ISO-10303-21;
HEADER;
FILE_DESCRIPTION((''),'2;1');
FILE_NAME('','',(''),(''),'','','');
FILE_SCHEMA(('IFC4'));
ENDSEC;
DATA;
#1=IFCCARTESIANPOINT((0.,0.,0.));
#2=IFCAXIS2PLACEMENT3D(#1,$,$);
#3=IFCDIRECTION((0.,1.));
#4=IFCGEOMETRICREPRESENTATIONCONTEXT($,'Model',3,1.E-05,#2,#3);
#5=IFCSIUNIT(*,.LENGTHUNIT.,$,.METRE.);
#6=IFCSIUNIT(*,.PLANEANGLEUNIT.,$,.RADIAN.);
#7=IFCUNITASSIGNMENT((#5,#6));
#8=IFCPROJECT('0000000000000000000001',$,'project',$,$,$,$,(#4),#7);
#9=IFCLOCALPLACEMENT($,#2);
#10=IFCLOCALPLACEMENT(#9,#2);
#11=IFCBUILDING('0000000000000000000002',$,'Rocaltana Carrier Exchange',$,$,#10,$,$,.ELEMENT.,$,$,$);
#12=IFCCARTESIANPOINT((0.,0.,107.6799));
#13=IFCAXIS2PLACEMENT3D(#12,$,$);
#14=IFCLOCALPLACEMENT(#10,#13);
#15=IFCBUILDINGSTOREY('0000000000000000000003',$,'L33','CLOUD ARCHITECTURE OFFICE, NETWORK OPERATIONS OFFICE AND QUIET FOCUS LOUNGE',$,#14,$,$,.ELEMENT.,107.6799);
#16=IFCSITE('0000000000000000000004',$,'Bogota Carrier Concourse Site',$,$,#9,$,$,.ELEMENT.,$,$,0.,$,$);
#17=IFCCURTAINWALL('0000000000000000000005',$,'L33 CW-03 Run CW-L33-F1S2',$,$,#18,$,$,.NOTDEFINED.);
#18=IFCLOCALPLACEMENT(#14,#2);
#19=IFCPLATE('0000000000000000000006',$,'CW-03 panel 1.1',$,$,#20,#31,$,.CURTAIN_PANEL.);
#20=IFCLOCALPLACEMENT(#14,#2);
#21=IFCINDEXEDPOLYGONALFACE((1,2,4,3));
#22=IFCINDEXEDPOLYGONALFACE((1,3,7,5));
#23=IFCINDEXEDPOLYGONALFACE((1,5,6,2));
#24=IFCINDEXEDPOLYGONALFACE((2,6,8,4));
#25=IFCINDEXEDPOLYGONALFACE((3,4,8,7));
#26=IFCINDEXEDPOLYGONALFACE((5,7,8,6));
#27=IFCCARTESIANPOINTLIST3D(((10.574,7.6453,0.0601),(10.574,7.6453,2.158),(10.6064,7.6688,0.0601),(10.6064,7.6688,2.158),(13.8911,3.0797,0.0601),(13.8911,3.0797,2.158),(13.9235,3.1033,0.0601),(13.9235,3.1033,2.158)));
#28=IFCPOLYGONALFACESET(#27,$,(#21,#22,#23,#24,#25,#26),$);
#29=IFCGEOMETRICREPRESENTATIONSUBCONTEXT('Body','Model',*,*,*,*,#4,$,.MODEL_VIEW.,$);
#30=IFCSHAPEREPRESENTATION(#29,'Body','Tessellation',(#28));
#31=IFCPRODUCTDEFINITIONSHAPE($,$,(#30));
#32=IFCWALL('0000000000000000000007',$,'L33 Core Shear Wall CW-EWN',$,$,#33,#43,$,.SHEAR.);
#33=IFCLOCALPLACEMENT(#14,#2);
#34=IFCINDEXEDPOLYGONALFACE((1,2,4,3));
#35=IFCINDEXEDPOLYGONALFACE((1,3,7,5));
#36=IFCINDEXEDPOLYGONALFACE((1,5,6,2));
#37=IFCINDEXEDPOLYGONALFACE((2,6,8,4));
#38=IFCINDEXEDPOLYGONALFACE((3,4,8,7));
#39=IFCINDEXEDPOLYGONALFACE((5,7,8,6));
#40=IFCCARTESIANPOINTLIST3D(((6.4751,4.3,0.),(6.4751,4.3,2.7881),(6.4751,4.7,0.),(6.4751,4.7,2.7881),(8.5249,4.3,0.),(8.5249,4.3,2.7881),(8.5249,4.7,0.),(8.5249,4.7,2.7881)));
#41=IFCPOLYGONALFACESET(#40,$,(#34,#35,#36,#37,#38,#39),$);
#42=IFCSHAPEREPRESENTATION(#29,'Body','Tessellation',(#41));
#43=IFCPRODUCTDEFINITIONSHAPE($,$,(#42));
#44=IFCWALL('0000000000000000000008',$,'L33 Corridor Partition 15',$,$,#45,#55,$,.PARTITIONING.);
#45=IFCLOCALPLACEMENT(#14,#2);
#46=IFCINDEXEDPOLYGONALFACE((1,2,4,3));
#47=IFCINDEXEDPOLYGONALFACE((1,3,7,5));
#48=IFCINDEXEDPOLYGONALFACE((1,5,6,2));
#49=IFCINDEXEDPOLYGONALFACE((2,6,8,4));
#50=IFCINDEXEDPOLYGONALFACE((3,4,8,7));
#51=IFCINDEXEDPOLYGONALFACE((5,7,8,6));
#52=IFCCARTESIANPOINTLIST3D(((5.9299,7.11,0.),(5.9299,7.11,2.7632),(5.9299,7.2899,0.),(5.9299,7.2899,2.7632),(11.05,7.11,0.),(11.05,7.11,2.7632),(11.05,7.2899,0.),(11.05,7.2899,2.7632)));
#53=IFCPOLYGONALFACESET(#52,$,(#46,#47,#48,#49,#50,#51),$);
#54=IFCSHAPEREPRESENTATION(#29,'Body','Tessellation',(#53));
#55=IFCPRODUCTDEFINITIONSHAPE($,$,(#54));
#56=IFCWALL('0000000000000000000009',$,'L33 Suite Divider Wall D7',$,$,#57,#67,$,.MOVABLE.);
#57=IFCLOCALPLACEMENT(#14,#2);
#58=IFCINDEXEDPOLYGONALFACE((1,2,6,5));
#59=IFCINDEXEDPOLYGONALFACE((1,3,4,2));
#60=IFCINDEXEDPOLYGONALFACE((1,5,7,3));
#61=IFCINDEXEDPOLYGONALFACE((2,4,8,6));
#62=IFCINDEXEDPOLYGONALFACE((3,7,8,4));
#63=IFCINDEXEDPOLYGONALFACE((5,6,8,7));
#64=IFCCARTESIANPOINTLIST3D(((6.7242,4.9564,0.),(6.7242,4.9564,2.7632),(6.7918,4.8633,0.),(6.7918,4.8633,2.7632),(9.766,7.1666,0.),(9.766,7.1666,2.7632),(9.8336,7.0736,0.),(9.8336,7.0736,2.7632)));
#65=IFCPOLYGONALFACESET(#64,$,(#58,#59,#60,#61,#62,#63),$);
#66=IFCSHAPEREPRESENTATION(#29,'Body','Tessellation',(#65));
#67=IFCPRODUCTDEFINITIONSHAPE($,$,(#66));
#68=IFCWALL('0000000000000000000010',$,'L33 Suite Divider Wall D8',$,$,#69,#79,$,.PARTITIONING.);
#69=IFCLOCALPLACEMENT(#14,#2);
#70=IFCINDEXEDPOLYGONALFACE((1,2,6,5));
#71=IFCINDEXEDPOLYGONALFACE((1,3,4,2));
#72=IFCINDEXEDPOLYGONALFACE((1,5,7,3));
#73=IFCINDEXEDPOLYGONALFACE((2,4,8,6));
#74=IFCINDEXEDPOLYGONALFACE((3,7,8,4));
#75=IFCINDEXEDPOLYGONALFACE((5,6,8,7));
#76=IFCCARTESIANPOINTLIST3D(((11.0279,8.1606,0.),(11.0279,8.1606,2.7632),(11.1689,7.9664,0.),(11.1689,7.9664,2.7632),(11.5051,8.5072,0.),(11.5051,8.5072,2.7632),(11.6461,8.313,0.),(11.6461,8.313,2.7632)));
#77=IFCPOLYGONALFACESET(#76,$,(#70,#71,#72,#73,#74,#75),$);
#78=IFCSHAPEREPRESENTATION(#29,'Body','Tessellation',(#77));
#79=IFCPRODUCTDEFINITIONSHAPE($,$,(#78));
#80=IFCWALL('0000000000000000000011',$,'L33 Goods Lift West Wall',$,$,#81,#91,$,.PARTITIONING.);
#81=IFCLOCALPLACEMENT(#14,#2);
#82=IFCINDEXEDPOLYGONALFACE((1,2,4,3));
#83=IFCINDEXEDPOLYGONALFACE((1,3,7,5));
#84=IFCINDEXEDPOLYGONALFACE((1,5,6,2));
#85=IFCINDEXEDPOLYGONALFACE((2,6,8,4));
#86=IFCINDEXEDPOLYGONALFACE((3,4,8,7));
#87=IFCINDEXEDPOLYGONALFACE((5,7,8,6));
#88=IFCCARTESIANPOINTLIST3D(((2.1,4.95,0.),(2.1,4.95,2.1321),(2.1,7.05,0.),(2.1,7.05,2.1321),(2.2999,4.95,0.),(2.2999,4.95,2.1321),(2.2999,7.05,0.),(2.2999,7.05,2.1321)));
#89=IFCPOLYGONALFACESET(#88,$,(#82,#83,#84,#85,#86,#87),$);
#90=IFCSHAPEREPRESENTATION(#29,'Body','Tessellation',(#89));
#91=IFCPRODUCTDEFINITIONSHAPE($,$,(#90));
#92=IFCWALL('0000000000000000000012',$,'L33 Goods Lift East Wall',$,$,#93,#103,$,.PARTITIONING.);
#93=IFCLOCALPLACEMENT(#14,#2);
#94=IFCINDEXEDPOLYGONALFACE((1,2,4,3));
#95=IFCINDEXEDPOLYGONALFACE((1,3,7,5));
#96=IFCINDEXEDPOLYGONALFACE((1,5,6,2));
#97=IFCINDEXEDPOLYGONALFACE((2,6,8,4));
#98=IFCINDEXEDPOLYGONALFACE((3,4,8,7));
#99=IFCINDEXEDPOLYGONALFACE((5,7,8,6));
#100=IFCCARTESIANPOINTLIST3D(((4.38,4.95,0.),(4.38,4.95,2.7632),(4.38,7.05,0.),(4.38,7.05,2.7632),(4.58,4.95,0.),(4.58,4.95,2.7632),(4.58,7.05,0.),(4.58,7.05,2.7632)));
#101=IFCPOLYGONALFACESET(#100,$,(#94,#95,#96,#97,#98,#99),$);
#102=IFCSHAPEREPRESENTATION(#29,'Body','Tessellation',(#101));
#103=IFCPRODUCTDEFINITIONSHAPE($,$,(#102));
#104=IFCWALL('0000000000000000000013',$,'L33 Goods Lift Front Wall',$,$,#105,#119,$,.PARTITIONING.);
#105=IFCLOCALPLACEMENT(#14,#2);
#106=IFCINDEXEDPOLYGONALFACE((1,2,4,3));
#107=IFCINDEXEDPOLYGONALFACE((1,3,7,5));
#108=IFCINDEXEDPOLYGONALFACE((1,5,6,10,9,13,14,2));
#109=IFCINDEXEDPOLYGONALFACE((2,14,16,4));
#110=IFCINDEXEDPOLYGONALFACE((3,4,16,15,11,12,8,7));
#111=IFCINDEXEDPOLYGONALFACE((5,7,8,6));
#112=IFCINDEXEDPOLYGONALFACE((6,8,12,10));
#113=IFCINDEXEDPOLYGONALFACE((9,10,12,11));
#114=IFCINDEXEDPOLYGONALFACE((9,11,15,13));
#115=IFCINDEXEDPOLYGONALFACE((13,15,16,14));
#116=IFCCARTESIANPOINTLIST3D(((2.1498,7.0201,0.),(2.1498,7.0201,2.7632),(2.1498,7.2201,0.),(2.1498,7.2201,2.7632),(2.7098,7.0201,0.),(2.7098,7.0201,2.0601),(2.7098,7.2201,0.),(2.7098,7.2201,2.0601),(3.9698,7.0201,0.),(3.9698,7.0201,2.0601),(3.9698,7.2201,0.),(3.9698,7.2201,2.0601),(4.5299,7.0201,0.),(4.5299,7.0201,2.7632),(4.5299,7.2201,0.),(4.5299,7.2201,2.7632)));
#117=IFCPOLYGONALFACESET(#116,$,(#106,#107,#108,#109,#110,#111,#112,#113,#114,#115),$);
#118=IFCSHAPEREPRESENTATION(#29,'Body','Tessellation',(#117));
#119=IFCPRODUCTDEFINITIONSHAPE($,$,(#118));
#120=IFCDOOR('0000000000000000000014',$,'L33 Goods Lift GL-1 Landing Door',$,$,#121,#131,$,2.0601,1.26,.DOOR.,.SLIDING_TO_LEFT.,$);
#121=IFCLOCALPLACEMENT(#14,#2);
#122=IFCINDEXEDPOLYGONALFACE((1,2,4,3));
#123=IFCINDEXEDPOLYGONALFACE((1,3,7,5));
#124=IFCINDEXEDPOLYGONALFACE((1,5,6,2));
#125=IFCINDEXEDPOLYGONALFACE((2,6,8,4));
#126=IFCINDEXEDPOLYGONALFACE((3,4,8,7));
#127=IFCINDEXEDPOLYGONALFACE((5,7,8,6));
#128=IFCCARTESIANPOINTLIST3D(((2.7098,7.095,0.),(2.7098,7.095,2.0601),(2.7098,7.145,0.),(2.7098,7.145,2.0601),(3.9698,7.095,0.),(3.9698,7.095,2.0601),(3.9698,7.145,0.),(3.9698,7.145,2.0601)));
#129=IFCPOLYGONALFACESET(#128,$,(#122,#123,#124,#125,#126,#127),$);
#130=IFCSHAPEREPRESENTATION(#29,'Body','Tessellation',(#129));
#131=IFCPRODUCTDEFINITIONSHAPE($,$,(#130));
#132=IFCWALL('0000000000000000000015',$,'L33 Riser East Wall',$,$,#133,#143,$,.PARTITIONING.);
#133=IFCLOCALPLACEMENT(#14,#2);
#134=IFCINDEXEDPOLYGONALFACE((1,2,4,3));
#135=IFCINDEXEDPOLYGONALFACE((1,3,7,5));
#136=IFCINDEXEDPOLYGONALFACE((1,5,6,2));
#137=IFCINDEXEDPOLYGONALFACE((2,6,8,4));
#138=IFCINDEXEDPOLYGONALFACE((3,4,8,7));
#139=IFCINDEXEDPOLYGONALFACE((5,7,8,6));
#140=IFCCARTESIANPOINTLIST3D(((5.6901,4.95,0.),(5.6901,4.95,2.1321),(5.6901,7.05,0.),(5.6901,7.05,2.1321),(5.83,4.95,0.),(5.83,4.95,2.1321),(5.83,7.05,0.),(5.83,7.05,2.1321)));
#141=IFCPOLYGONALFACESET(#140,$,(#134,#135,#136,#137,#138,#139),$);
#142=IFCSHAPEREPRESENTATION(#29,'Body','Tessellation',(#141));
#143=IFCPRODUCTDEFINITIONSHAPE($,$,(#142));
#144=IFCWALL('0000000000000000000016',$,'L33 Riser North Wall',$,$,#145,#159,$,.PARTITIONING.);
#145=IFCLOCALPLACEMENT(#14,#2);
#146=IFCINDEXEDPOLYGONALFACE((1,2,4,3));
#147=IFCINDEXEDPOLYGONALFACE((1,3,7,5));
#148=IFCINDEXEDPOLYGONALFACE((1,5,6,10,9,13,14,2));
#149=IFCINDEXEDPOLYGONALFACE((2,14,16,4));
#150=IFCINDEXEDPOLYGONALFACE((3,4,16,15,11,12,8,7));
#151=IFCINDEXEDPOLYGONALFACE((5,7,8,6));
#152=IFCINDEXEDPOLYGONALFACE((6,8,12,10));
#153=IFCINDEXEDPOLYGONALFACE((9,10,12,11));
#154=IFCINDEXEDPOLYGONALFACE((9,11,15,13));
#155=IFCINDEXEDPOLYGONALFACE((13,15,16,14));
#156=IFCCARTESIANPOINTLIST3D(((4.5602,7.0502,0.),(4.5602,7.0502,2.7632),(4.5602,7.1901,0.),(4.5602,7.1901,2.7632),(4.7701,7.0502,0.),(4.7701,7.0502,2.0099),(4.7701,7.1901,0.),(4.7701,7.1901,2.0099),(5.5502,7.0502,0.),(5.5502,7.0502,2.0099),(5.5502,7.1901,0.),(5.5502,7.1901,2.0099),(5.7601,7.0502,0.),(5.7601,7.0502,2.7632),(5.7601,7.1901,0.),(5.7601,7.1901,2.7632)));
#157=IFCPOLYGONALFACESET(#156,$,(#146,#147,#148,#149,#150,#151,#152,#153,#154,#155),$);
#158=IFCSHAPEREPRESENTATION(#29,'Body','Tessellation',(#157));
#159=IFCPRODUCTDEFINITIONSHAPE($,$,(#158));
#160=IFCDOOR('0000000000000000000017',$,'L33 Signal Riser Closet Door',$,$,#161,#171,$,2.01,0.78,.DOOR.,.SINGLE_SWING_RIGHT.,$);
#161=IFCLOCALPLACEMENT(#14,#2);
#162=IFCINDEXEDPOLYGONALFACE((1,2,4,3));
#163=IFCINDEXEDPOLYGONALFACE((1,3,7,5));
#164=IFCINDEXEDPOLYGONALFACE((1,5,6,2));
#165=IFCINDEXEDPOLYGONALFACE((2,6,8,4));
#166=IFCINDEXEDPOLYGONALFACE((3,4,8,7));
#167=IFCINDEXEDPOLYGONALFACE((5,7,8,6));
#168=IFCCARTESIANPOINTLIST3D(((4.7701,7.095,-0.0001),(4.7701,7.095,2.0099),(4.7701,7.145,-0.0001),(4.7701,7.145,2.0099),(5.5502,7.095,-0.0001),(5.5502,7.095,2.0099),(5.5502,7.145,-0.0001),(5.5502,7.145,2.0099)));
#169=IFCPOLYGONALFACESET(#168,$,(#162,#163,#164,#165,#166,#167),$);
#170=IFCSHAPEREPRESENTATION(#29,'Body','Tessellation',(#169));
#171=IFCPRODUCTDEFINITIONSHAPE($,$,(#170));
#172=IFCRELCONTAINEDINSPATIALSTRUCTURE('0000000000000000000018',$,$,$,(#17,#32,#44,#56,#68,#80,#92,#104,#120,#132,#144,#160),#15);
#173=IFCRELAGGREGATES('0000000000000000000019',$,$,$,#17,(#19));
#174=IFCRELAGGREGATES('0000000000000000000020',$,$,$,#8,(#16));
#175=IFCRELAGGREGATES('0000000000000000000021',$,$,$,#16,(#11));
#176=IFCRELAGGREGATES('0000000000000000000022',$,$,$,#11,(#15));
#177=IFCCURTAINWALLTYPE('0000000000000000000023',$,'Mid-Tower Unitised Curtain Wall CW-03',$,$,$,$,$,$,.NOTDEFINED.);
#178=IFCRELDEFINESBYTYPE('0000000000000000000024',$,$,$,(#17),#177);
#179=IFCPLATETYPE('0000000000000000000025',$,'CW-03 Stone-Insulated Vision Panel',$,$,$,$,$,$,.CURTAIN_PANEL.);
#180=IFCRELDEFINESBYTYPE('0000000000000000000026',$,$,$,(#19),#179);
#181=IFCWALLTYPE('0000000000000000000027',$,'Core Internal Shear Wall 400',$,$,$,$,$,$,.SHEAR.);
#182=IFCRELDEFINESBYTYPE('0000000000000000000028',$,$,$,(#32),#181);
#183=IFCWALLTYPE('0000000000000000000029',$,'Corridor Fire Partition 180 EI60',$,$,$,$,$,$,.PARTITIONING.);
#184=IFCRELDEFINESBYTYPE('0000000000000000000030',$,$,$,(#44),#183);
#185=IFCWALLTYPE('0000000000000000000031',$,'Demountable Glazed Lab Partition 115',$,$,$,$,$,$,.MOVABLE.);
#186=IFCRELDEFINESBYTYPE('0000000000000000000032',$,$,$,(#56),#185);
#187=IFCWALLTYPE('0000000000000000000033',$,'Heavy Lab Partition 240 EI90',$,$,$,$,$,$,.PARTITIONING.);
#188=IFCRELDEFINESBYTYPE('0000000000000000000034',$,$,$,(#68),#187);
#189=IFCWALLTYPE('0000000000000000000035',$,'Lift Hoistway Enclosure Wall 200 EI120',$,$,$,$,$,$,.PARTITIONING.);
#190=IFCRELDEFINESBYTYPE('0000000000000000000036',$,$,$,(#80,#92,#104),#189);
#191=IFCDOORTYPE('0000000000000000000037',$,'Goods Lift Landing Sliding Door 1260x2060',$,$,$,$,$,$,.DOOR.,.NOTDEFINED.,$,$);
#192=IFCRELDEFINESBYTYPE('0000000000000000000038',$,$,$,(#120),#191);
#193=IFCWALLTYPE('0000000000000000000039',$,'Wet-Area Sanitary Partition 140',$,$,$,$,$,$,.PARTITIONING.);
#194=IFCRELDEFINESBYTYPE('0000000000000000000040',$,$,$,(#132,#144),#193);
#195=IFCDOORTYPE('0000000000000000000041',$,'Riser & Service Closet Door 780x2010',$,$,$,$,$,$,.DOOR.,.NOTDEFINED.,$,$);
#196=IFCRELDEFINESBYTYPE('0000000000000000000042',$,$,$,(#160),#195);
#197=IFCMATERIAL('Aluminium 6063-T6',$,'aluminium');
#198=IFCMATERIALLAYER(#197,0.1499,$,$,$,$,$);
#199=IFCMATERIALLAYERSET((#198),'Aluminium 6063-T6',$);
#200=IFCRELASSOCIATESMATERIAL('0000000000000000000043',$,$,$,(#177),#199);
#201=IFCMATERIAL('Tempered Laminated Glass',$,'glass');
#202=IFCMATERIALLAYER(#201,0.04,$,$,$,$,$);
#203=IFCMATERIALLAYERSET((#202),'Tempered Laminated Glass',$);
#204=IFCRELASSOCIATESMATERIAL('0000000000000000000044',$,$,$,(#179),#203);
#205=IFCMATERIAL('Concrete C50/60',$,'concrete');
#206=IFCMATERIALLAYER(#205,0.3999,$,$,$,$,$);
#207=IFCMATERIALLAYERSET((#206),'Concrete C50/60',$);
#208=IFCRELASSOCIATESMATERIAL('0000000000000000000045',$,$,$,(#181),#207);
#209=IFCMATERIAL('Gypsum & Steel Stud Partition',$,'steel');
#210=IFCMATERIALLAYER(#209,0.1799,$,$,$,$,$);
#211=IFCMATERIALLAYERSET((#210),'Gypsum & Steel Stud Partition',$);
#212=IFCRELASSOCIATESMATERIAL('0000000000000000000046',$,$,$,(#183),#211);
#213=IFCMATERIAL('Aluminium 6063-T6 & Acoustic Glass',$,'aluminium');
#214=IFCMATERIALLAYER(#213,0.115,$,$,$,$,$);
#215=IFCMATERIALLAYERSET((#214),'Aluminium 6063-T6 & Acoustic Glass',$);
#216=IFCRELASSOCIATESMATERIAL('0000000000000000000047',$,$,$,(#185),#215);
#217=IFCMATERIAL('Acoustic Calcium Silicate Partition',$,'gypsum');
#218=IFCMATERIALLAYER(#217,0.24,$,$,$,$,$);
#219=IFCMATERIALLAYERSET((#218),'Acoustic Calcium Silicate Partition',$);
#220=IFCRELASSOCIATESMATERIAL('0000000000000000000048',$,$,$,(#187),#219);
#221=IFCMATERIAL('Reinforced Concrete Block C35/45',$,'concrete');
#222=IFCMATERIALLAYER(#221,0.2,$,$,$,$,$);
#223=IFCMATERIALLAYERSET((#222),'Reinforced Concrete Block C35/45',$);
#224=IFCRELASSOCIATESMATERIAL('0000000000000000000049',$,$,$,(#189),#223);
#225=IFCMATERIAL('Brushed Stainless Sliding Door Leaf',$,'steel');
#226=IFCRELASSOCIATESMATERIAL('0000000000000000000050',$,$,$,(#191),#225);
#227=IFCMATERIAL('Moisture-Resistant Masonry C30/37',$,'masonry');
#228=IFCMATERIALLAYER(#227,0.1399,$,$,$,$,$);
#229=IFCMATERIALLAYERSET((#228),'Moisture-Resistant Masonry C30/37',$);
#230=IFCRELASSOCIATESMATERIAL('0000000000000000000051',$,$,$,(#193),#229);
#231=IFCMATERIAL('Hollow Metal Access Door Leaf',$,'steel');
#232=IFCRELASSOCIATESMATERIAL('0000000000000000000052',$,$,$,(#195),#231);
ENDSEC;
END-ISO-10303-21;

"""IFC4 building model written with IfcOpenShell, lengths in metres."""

from ifc_helpers import new_model, si_unit, direction, frame, frame_2d, origin, origin_2d, place, context, subcontext, project, spatial, rectangle, extrude, material, layer, layer_set, type_object, element, fill, aggregate, save


model = new_model("IFC4")

# Units and contexts
model_context = context("Model", 3, precision=1e-05, world=origin(), true_north=direction((0.0, 1.0)))
body_context = subcontext(model_context, "Body", "Model", "MODEL_VIEW")
ifc_project = project(units=[si_unit("LENGTHUNIT", "METRE"), si_unit("PLANEANGLEUNIT", "RADIAN")], contexts=[model_context])

# Site, building, storey
site_placement = place(None, origin())
site = spatial("IfcSite", under=ifc_project, at=site_placement, Name="Bogota Carrier Concourse Site", CompositionType="ELEMENT", RefElevation=0.0)
building_placement = place(site_placement, origin())
building = spatial("IfcBuilding", under=site, at=building_placement, Name="Rocaltana Carrier Exchange", CompositionType="ELEMENT")
storey_placement = place(building_placement, frame((0.0, 0.0, 107.6799)))
storey = spatial("IfcBuildingStorey", under=building, at=storey_placement, Name="L33", Description="CLOUD ARCHITECTURE OFFICE, NETWORK OPERATIONS OFFICE AND QUIET FOCUS LOUNGE", CompositionType="ELEMENT", Elevation=107.6799)

# Curtain wall
ifc_material_1 = material(Name="Aluminium 6063-T6", Category="aluminium")
ifc_layer_1 = layer(ifc_material_1, 0.1499)
ifc_layer_set_1 = layer_set([ifc_layer_1], Name="Aluminium 6063-T6")
curtain_wall_type = type_object("IfcCurtainWallType", Name="Mid-Tower Unitised Curtain Wall CW-03", PredefinedType="NOTDEFINED", material=ifc_layer_set_1)
curtain_wall_placement = place(storey_placement, origin())
curtain_wall = element("IfcCurtainWall", 1, at=curtain_wall_placement, inside=storey, type_object=curtain_wall_type, Name="L33 CW-03 Run CW-L33-F1S2", PredefinedType="NOTDEFINED")

# Plate
ifc_material_2 = material(Name="Tempered Laminated Glass", Category="glass")
ifc_layer_2 = layer(ifc_material_2, 0.04)
ifc_layer_set_2 = layer_set([ifc_layer_2], Name="Tempered Laminated Glass")
plate_type = type_object("IfcPlateType", Name="CW-03 Stone-Insulated Vision Panel", PredefinedType="CURTAIN_PANEL", material=ifc_layer_set_2)
plate_placement = place(storey_placement, frame((12.2488, 5.3743, 0.0601), z_axis=(0.0, 0.0, 1.0), x_axis=(-0.58779, 0.809014, 0.0)))
plate = element("IfcPlate", 2, at=plate_placement, type_object=plate_type, Name="CW-03 panel 1.1", PredefinedType="CURTAIN_PANEL", context=body_context, shape_type="SweptSolid", body=[
    extrude(rectangle(XDim=5.6433, YDim=0.04, at=origin_2d()), origin(), (0.0, 0.0, 1.0), 2.0979),
])
aggregate(curtain_wall, [plate])

# Walls
ifc_material_3 = material(Name="Concrete C50/60", Category="concrete")
ifc_layer_3 = layer(ifc_material_3, 0.3999)
ifc_layer_set_3 = layer_set([ifc_layer_3], Name="Concrete C50/60")
wall_type_1 = type_object("IfcWallType", Name="Core Internal Shear Wall 400", PredefinedType="SHEAR", material=ifc_layer_set_3)
wall_1_placement = place(storey_placement, frame((6.4751, 4.5, 0.0), z_axis=(0.0, 0.0, 1.0), x_axis=(1.0, 0.0, 0.0)))
element("IfcWall", 3, at=wall_1_placement, inside=storey, type_object=wall_type_1, Name="L33 Core Shear Wall CW-EWN", PredefinedType="SHEAR", context=body_context, shape_type="SweptSolid", body=[
    extrude(rectangle(XDim=2.0498, YDim=0.3999, at=frame_2d((1.0249, 0.0))), origin(), (0.0, 0.0, 1.0), 2.7881),
])
ifc_material_4 = material(Name="Gypsum & Steel Stud Partition", Category="steel")
ifc_layer_4 = layer(ifc_material_4, 0.1799)
ifc_layer_set_4 = layer_set([ifc_layer_4], Name="Gypsum & Steel Stud Partition")
wall_type_2 = type_object("IfcWallType", Name="Corridor Fire Partition 180 EI60", PredefinedType="PARTITIONING", material=ifc_layer_set_4)
wall_2_placement = place(storey_placement, frame((11.05, 7.2, 0.0), z_axis=(0.0, 0.0, 1.0), x_axis=(-1.0, 0.0, 0.0)))
element("IfcWall", 4, at=wall_2_placement, inside=storey, type_object=wall_type_2, Name="L33 Corridor Partition 15", PredefinedType="PARTITIONING", context=body_context, shape_type="SweptSolid", body=[
    extrude(rectangle(XDim=5.1201, YDim=0.1799, at=frame_2d((2.5601, 0.0))), origin(), (0.0, 0.0, 1.0), 2.7632),
])
ifc_material_5 = material(Name="Aluminium 6063-T6 & Acoustic Glass", Category="aluminium")
ifc_layer_5 = layer(ifc_material_5, 0.115)
ifc_layer_set_5 = layer_set([ifc_layer_5], Name="Aluminium 6063-T6 & Acoustic Glass")
wall_type_3 = type_object("IfcWallType", Name="Demountable Glazed Lab Partition 115", PredefinedType="MOVABLE", material=ifc_layer_set_5)
wall_3_placement = place(storey_placement, frame((6.7581, 4.9099, 0.0), z_axis=(0.0, 0.0, 1.0), x_axis=(0.808986, 0.587828, 0.0)))
element("IfcWall", 5, at=wall_3_placement, inside=storey, type_object=wall_type_3, Name="L33 Suite Divider Wall D7", PredefinedType="MOVABLE", context=body_context, shape_type="SweptSolid", body=[
    extrude(rectangle(XDim=3.76, YDim=0.115, at=frame_2d((1.8799, 0.0))), origin(), (0.0, 0.0, 1.0), 2.7632),
])
ifc_material_6 = material(Name="Acoustic Calcium Silicate Partition", Category="gypsum")
ifc_layer_6 = layer(ifc_material_6, 0.24)
ifc_layer_set_6 = layer_set([ifc_layer_6], Name="Acoustic Calcium Silicate Partition")
wall_type_4 = type_object("IfcWallType", Name="Heavy Lab Partition 240 EI90", PredefinedType="PARTITIONING", material=ifc_layer_set_6)
wall_4_placement = place(storey_placement, frame((11.0984, 8.0635, 0.0), z_axis=(0.0, 0.0, 1.0), x_axis=(0.809094, 0.587679, 0.0)))
element("IfcWall", 6, at=wall_4_placement, inside=storey, type_object=wall_type_4, Name="L33 Suite Divider Wall D8", PredefinedType="PARTITIONING", context=body_context, shape_type="SweptSolid", body=[
    extrude(rectangle(XDim=0.5898, YDim=0.24, at=frame_2d((0.2949, 0.0))), origin(), (0.0, 0.0, 1.0), 2.7632),
])
ifc_material_7 = material(Name="Reinforced Concrete Block C35/45", Category="concrete")
ifc_layer_7 = layer(ifc_material_7, 0.2)
ifc_layer_set_7 = layer_set([ifc_layer_7], Name="Reinforced Concrete Block C35/45")
wall_type_5 = type_object("IfcWallType", Name="Lift Hoistway Enclosure Wall 200 EI120", PredefinedType="PARTITIONING", material=ifc_layer_set_7)
wall_5_placement = place(storey_placement, frame((2.2, 4.95, 0.0), z_axis=(0.0, 0.0, 1.0), x_axis=(0.0, 1.0, 0.0)))
element("IfcWall", 7, at=wall_5_placement, inside=storey, type_object=wall_type_5, Name="L33 Goods Lift West Wall", PredefinedType="PARTITIONING", context=body_context, shape_type="SweptSolid", body=[
    extrude(rectangle(XDim=2.1001, YDim=0.2, at=frame_2d((1.05, 0.0))), origin(), (0.0, 0.0, 1.0), 2.1321),
])
wall_6_placement = place(storey_placement, frame((4.48, 4.95, 0.0), z_axis=(0.0, 0.0, 1.0), x_axis=(0.0, 1.0, 0.0)))
element("IfcWall", 8, at=wall_6_placement, inside=storey, type_object=wall_type_5, Name="L33 Goods Lift East Wall", PredefinedType="PARTITIONING", context=body_context, shape_type="SweptSolid", body=[
    extrude(rectangle(XDim=2.1001, YDim=0.2, at=frame_2d((1.05, 0.0))), origin(), (0.0, 0.0, 1.0), 2.7632),
])

# Wall, opening, door
wall_7_placement = place(storey_placement, frame((2.1499, 7.1201, 0.0), z_axis=(0.0, 0.0, 1.0), x_axis=(1.0, 0.0, 0.0)))
wall_7 = element("IfcWall", 9, at=wall_7_placement, inside=storey, type_object=wall_type_5, Name="L33 Goods Lift Front Wall", PredefinedType="PARTITIONING", context=body_context, shape_type="SweptSolid", body=[
    extrude(rectangle(XDim=2.3801, YDim=0.2, at=frame_2d((1.1899, 0.0))), origin(), (0.0, 0.0, 1.0), 2.7632),
])
opening_1_placement = place(wall_7_placement, frame((0.5601, 0.0, 0.0)))
opening_1 = element("IfcOpeningElement", 10, at=opening_1_placement, cuts=wall_7, PredefinedType="OPENING", context=body_context, shape_type="SweptSolid", body=[
    extrude(rectangle(XDim=1.26, YDim=2.0601, at=frame_2d((0.6299, 1.03))), frame((0.0, 0.1099, 0.0), z_axis=(0.0, -1.0, 0.0), x_axis=(1.0, 0.0, 0.0)), (0.0, 0.0, 1.0), 0.22),
])
ifc_material_8 = material(Name="Brushed Stainless Sliding Door Leaf", Category="steel")
door_type_1 = type_object("IfcDoorType", Name="Goods Lift Landing Sliding Door 1260x2060", OperationType="NOTDEFINED", PredefinedType="DOOR", material=ifc_material_8)
door_1_placement = place(opening_1_placement, origin())
door_1 = element("IfcDoor", 11, at=door_1_placement, inside=storey, type_object=door_type_1, Name="L33 Goods Lift GL-1 Landing Door", OperationType="SLIDING_TO_LEFT", OverallHeight=2.0601, OverallWidth=1.26, PredefinedType="DOOR", context=body_context, shape_type="SweptSolid", body=[
    extrude(rectangle(XDim=1.26, YDim=2.0601, at=frame_2d((0.6299, 1.03))), frame((0.0, 0.0249, 0.0), z_axis=(0.0, -1.0, 0.0), x_axis=(1.0, 0.0, 0.0)), (0.0, 0.0, 1.0), 0.05),
])
fill(opening_1, door_1)

# Wall
ifc_material_9 = material(Name="Moisture-Resistant Masonry C30/37", Category="masonry")
ifc_layer_8 = layer(ifc_material_9, 0.1399)
ifc_layer_set_8 = layer_set([ifc_layer_8], Name="Moisture-Resistant Masonry C30/37")
wall_type_6 = type_object("IfcWallType", Name="Wet-Area Sanitary Partition 140", PredefinedType="PARTITIONING", material=ifc_layer_set_8)
wall_8_placement = place(storey_placement, frame((5.76, 4.95, 0.0), z_axis=(0.0, 0.0, 1.0), x_axis=(0.0, 1.0, 0.0)))
element("IfcWall", 12, at=wall_8_placement, inside=storey, type_object=wall_type_6, Name="L33 Riser East Wall", PredefinedType="PARTITIONING", context=body_context, shape_type="SweptSolid", body=[
    extrude(rectangle(XDim=2.1001, YDim=0.1399, at=frame_2d((1.05, 0.0))), origin(), (0.0, 0.0, 1.0), 2.1321),
])

# Wall, opening, door
wall_9_placement = place(storey_placement, frame((4.5601, 7.1201, 0.0), z_axis=(0.0, 0.0, 1.0), x_axis=(1.0, 0.0, 0.0)))
wall_9 = element("IfcWall", 13, at=wall_9_placement, inside=storey, type_object=wall_type_6, Name="L33 Riser North Wall", PredefinedType="PARTITIONING", context=body_context, shape_type="SweptSolid", body=[
    extrude(rectangle(XDim=1.2, YDim=0.1399, at=frame_2d((0.6001, 0.0))), origin(), (0.0, 0.0, 1.0), 2.7632),
])
opening_2_placement = place(wall_9_placement, frame((0.21, 0.0, 0.0)))
opening_2 = element("IfcOpeningElement", 14, at=opening_2_placement, cuts=wall_9, PredefinedType="OPENING", context=body_context, shape_type="SweptSolid", body=[
    extrude(rectangle(XDim=0.78, YDim=2.01, at=frame_2d((0.3901, 1.0049))), frame((0.0, 0.0798, 0.0), z_axis=(0.0, -1.0, 0.0), x_axis=(1.0, 0.0, 0.0)), (0.0, 0.0, 1.0), 0.1599),
])
ifc_material_10 = material(Name="Hollow Metal Access Door Leaf", Category="steel")
door_type_2 = type_object("IfcDoorType", Name="Riser & Service Closet Door 780x2010", OperationType="NOTDEFINED", PredefinedType="DOOR", material=ifc_material_10)
door_2_placement = place(opening_2_placement, origin())
door_2 = element("IfcDoor", 15, at=door_2_placement, inside=storey, type_object=door_type_2, Name="L33 Signal Riser Closet Door", OperationType="SINGLE_SWING_RIGHT", OverallHeight=2.01, OverallWidth=0.78, PredefinedType="DOOR", context=body_context, shape_type="SweptSolid", body=[
    extrude(rectangle(XDim=0.78, YDim=2.01, at=frame_2d((0.3901, 1.0049))), frame((0.0, 0.0249, 0.0), z_axis=(0.0, -1.0, 0.0), x_axis=(1.0, 0.0, 0.0)), (0.0, 0.0, 1.0), 0.05),
])
fill(opening_2, door_2)

save(model, "model.ifc")
